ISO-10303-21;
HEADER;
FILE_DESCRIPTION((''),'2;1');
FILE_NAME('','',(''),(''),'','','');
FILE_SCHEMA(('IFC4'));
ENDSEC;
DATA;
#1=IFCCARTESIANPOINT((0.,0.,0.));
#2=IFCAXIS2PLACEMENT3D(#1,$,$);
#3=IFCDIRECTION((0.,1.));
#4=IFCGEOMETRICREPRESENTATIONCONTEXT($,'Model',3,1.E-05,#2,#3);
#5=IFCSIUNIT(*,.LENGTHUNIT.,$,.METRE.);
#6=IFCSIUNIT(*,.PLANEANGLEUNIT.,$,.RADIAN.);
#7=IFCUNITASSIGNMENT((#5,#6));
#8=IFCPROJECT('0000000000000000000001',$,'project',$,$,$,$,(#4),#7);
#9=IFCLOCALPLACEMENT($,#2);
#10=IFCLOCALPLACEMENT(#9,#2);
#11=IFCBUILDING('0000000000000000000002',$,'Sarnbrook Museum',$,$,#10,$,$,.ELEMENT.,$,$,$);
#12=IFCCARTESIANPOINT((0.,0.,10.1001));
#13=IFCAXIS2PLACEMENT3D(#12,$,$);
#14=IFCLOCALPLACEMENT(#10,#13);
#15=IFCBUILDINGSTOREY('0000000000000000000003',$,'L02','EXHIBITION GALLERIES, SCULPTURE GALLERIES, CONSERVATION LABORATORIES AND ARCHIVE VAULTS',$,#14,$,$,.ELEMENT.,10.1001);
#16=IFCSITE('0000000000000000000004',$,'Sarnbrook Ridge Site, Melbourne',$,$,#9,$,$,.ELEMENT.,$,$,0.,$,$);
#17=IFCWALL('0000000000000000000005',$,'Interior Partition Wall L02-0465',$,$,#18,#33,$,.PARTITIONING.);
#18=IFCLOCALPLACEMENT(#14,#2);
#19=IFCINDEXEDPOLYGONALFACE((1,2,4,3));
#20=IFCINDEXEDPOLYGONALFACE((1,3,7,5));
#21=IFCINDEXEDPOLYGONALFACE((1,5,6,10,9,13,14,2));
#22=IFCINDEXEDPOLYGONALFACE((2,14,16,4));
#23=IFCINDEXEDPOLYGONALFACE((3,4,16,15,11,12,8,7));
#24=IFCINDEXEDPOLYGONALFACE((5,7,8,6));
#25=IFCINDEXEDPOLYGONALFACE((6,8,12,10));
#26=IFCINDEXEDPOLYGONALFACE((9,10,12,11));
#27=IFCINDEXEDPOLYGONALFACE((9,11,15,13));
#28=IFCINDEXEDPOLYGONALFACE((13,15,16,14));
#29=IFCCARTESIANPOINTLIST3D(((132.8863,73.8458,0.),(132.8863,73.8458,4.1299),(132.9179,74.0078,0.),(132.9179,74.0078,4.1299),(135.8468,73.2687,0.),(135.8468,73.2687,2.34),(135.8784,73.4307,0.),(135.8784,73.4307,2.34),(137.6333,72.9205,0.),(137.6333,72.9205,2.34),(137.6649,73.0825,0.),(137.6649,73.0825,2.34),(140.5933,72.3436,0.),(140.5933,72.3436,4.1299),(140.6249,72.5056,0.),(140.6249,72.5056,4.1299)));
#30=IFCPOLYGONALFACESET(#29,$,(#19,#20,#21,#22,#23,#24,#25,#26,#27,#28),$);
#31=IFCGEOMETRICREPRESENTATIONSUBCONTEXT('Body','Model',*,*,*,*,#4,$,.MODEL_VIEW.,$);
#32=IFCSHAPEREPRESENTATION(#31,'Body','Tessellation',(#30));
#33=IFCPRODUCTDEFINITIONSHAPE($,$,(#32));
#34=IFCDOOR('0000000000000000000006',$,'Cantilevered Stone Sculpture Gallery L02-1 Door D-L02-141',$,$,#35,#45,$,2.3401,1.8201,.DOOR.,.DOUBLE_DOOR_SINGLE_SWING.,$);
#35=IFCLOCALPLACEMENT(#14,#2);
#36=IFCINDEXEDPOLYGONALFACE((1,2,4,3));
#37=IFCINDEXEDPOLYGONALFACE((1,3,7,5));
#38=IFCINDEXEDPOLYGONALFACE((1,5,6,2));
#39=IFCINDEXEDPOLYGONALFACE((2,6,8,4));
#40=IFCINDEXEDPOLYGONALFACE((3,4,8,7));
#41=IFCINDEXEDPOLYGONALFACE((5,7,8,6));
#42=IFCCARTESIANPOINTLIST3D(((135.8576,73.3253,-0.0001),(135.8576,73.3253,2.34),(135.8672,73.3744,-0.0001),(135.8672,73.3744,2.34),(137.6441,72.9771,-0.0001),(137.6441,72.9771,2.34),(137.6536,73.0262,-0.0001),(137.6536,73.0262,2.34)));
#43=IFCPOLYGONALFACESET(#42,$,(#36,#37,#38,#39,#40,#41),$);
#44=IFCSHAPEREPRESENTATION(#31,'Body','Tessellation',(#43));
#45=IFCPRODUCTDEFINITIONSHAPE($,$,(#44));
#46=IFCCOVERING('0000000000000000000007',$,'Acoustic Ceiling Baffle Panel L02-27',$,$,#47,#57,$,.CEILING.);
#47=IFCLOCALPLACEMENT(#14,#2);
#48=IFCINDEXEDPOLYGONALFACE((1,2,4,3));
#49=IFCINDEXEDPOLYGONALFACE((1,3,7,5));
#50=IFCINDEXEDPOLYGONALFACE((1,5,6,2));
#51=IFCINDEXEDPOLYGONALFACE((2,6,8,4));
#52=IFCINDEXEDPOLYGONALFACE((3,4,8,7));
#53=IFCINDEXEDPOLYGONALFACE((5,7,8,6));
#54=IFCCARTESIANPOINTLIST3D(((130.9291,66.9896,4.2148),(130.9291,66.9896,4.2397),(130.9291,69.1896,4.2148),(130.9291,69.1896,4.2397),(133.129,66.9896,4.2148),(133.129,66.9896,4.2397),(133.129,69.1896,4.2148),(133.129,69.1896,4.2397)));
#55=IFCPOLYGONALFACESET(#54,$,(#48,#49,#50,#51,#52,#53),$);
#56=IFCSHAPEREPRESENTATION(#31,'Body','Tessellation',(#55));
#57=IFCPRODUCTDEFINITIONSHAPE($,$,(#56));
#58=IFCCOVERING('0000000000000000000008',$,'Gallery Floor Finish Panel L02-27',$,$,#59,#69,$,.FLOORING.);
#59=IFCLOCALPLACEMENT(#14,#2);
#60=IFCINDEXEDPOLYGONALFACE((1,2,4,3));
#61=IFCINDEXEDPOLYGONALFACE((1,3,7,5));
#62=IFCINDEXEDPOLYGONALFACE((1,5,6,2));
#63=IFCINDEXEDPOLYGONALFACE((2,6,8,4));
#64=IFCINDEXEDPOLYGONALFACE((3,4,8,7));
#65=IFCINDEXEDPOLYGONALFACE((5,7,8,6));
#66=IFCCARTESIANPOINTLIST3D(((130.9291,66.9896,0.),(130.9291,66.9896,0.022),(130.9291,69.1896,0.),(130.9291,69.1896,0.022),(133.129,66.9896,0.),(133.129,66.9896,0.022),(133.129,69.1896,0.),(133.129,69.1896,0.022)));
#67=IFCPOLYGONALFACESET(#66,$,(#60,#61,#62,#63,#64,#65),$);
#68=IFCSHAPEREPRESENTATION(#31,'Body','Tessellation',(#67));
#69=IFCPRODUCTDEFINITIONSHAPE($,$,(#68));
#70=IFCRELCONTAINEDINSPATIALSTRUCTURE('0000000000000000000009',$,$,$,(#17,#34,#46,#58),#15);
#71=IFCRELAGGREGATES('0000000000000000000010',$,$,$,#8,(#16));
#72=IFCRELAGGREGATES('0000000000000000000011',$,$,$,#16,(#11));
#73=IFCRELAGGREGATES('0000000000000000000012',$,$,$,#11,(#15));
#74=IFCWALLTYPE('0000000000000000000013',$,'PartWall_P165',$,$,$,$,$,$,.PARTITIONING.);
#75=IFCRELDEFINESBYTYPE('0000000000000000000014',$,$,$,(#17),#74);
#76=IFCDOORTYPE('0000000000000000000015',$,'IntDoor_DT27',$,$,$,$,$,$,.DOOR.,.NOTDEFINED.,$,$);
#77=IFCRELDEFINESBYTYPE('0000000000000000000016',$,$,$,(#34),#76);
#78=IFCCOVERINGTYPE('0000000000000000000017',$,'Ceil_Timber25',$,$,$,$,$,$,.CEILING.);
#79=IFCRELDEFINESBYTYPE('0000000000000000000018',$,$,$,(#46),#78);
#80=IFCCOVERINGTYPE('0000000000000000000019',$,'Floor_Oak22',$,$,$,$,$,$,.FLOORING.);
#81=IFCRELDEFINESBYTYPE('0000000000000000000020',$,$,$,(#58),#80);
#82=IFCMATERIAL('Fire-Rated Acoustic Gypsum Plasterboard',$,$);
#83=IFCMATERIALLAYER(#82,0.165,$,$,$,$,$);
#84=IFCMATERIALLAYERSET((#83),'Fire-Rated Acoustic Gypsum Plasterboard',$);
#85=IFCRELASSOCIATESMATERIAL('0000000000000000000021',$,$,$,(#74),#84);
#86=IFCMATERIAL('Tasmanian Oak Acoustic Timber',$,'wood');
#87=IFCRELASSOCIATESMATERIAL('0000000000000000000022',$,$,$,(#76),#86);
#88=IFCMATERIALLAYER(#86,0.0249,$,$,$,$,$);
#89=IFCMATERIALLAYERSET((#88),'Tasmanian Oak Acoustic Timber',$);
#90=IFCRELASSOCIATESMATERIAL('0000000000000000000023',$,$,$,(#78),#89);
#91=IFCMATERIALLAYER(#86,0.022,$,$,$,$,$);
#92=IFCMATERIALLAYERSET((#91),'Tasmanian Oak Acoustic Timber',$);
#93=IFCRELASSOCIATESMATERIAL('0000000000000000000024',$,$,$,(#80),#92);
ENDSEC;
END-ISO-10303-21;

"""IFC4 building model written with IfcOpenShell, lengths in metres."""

from ifc_helpers import new_model, si_unit, direction, frame, frame_2d, origin, origin_2d, place, context, subcontext, project, spatial, rectangle, extrude, material, layer, layer_set, type_object, element, fill, save


model = new_model("IFC4")

# Units and contexts
model_context = context("Model", 3, precision=1e-05, world=origin(), true_north=direction((0.0, 1.0)))
body_context = subcontext(model_context, "Body", "Model", "MODEL_VIEW")
ifc_project = project(units=[si_unit("LENGTHUNIT", "METRE"), si_unit("PLANEANGLEUNIT", "RADIAN")], contexts=[model_context])

# Site, building, storey
site_placement = place(None, origin())
site = spatial("IfcSite", under=ifc_project, at=site_placement, Name="Sarnbrook Ridge Site, Melbourne", CompositionType="ELEMENT", RefElevation=0.0)
building_placement = place(site_placement, origin())
building = spatial("IfcBuilding", under=site, at=building_placement, Name="Sarnbrook Museum", CompositionType="ELEMENT")
storey_placement = place(building_placement, frame((0.0, 0.0, 10.1001)))
storey = spatial("IfcBuildingStorey", under=building, at=storey_placement, Name="L02", Description="EXHIBITION GALLERIES, SCULPTURE GALLERIES, CONSERVATION LABORATORIES AND ARCHIVE VAULTS", CompositionType="ELEMENT", Elevation=10.1001)

# Wall, opening, door
ifc_material_1 = material(Name="Fire-Rated Acoustic Gypsum Plasterboard")
ifc_layer_1 = layer(ifc_material_1, 0.165)
ifc_layer_set_1 = layer_set([ifc_layer_1], Name="Fire-Rated Acoustic Gypsum Plasterboard")
wall_type = type_object("IfcWallType", Name="PartWall_P165", PredefinedType="PARTITIONING", material=ifc_layer_set_1)
wall_placement = place(storey_placement, frame((132.9021, 73.9268, 0.0), z_axis=(0.0, 0.0, 1.0), x_axis=(0.981529, -0.191312, 0.0)))
wall = element("IfcWall", 1, at=wall_placement, inside=storey, type_object=wall_type, Name="Interior Partition Wall L02-0465", PredefinedType="PARTITIONING", context=body_context, shape_type="SweptSolid", body=[
    extrude(rectangle(XDim=7.8521, YDim=0.165, at=frame_2d((3.926, 0.0))), origin(), (0.0, 0.0, 1.0), 4.1299),
])
opening_placement = place(wall_placement, frame((3.0161, 0.0, 0.0)))
opening = element("IfcOpeningElement", 2, at=opening_placement, cuts=wall, PredefinedType="OPENING", context=body_context, shape_type="SweptSolid", body=[
    extrude(rectangle(XDim=1.8201, YDim=2.3401, at=frame_2d((0.9102, 1.1699))), frame((0.0, 0.0925, 0.0), z_axis=(0.0, -1.0, 0.0), x_axis=(1.0, 0.0, 0.0)), (0.0, 0.0, 1.0), 0.1851),
])
ifc_material_2 = material(Name="Tasmanian Oak Acoustic Timber", Category="wood")
door_type = type_object("IfcDoorType", Name="IntDoor_DT27", OperationType="NOTDEFINED", PredefinedType="DOOR", material=ifc_material_2)
door_placement = place(opening_placement, frame((1.8201, 0.0, 0.0), z_axis=(0.0, 0.0, 1.0), x_axis=(-1.0, 0.0, 0.0)))
door = element("IfcDoor", 3, at=door_placement, inside=storey, type_object=door_type, Name="Cantilevered Stone Sculpture Gallery L02-1 Door D-L02-141", OperationType="DOUBLE_DOOR_SINGLE_SWING", OverallHeight=2.3401, OverallWidth=1.8201, PredefinedType="DOOR", context=body_context, shape_type="SweptSolid", body=[
    extrude(rectangle(XDim=1.8201, YDim=2.3401, at=frame_2d((0.9102, 1.1699))), frame((0.0, 0.0249, 0.0), z_axis=(0.0, -1.0, 0.0), x_axis=(1.0, 0.0, 0.0)), (0.0, 0.0, 1.0), 0.05),
])
fill(opening, door)

# Coverings
ifc_layer_2 = layer(ifc_material_2, 0.0249)
ifc_layer_set_2 = layer_set([ifc_layer_2], Name="Tasmanian Oak Acoustic Timber")
covering_type_1 = type_object("IfcCoveringType", Name="Ceil_Timber25", PredefinedType="CEILING", material=ifc_layer_set_2)
covering_1_placement = place(storey_placement, frame((132.0291, 68.0896, 4.2148), z_axis=(0.0, 0.0, 1.0), x_axis=(1.0, 0.0, 0.0)))
element("IfcCovering", 4, at=covering_1_placement, inside=storey, type_object=covering_type_1, Name="Acoustic Ceiling Baffle Panel L02-27", PredefinedType="CEILING", context=body_context, shape_type="SweptSolid", body=[
    extrude(rectangle(XDim=2.2, YDim=2.2, at=origin_2d()), origin(), (0.0, 0.0, 1.0), 0.0249),
])
ifc_layer_3 = layer(ifc_material_2, 0.022)
ifc_layer_set_3 = layer_set([ifc_layer_3], Name="Tasmanian Oak Acoustic Timber")
covering_type_2 = type_object("IfcCoveringType", Name="Floor_Oak22", PredefinedType="FLOORING", material=ifc_layer_set_3)
covering_2_placement = place(storey_placement, frame((132.0291, 68.0896, 0.0), z_axis=(0.0, 0.0, 1.0), x_axis=(1.0, 0.0, 0.0)))
element("IfcCovering", 5, at=covering_2_placement, inside=storey, type_object=covering_type_2, Name="Gallery Floor Finish Panel L02-27", PredefinedType="FLOORING", context=body_context, shape_type="SweptSolid", body=[
    extrude(rectangle(XDim=2.2, YDim=2.2, at=origin_2d()), origin(), (0.0, 0.0, 1.0), 0.022),
])

save(model, "model.ifc")
